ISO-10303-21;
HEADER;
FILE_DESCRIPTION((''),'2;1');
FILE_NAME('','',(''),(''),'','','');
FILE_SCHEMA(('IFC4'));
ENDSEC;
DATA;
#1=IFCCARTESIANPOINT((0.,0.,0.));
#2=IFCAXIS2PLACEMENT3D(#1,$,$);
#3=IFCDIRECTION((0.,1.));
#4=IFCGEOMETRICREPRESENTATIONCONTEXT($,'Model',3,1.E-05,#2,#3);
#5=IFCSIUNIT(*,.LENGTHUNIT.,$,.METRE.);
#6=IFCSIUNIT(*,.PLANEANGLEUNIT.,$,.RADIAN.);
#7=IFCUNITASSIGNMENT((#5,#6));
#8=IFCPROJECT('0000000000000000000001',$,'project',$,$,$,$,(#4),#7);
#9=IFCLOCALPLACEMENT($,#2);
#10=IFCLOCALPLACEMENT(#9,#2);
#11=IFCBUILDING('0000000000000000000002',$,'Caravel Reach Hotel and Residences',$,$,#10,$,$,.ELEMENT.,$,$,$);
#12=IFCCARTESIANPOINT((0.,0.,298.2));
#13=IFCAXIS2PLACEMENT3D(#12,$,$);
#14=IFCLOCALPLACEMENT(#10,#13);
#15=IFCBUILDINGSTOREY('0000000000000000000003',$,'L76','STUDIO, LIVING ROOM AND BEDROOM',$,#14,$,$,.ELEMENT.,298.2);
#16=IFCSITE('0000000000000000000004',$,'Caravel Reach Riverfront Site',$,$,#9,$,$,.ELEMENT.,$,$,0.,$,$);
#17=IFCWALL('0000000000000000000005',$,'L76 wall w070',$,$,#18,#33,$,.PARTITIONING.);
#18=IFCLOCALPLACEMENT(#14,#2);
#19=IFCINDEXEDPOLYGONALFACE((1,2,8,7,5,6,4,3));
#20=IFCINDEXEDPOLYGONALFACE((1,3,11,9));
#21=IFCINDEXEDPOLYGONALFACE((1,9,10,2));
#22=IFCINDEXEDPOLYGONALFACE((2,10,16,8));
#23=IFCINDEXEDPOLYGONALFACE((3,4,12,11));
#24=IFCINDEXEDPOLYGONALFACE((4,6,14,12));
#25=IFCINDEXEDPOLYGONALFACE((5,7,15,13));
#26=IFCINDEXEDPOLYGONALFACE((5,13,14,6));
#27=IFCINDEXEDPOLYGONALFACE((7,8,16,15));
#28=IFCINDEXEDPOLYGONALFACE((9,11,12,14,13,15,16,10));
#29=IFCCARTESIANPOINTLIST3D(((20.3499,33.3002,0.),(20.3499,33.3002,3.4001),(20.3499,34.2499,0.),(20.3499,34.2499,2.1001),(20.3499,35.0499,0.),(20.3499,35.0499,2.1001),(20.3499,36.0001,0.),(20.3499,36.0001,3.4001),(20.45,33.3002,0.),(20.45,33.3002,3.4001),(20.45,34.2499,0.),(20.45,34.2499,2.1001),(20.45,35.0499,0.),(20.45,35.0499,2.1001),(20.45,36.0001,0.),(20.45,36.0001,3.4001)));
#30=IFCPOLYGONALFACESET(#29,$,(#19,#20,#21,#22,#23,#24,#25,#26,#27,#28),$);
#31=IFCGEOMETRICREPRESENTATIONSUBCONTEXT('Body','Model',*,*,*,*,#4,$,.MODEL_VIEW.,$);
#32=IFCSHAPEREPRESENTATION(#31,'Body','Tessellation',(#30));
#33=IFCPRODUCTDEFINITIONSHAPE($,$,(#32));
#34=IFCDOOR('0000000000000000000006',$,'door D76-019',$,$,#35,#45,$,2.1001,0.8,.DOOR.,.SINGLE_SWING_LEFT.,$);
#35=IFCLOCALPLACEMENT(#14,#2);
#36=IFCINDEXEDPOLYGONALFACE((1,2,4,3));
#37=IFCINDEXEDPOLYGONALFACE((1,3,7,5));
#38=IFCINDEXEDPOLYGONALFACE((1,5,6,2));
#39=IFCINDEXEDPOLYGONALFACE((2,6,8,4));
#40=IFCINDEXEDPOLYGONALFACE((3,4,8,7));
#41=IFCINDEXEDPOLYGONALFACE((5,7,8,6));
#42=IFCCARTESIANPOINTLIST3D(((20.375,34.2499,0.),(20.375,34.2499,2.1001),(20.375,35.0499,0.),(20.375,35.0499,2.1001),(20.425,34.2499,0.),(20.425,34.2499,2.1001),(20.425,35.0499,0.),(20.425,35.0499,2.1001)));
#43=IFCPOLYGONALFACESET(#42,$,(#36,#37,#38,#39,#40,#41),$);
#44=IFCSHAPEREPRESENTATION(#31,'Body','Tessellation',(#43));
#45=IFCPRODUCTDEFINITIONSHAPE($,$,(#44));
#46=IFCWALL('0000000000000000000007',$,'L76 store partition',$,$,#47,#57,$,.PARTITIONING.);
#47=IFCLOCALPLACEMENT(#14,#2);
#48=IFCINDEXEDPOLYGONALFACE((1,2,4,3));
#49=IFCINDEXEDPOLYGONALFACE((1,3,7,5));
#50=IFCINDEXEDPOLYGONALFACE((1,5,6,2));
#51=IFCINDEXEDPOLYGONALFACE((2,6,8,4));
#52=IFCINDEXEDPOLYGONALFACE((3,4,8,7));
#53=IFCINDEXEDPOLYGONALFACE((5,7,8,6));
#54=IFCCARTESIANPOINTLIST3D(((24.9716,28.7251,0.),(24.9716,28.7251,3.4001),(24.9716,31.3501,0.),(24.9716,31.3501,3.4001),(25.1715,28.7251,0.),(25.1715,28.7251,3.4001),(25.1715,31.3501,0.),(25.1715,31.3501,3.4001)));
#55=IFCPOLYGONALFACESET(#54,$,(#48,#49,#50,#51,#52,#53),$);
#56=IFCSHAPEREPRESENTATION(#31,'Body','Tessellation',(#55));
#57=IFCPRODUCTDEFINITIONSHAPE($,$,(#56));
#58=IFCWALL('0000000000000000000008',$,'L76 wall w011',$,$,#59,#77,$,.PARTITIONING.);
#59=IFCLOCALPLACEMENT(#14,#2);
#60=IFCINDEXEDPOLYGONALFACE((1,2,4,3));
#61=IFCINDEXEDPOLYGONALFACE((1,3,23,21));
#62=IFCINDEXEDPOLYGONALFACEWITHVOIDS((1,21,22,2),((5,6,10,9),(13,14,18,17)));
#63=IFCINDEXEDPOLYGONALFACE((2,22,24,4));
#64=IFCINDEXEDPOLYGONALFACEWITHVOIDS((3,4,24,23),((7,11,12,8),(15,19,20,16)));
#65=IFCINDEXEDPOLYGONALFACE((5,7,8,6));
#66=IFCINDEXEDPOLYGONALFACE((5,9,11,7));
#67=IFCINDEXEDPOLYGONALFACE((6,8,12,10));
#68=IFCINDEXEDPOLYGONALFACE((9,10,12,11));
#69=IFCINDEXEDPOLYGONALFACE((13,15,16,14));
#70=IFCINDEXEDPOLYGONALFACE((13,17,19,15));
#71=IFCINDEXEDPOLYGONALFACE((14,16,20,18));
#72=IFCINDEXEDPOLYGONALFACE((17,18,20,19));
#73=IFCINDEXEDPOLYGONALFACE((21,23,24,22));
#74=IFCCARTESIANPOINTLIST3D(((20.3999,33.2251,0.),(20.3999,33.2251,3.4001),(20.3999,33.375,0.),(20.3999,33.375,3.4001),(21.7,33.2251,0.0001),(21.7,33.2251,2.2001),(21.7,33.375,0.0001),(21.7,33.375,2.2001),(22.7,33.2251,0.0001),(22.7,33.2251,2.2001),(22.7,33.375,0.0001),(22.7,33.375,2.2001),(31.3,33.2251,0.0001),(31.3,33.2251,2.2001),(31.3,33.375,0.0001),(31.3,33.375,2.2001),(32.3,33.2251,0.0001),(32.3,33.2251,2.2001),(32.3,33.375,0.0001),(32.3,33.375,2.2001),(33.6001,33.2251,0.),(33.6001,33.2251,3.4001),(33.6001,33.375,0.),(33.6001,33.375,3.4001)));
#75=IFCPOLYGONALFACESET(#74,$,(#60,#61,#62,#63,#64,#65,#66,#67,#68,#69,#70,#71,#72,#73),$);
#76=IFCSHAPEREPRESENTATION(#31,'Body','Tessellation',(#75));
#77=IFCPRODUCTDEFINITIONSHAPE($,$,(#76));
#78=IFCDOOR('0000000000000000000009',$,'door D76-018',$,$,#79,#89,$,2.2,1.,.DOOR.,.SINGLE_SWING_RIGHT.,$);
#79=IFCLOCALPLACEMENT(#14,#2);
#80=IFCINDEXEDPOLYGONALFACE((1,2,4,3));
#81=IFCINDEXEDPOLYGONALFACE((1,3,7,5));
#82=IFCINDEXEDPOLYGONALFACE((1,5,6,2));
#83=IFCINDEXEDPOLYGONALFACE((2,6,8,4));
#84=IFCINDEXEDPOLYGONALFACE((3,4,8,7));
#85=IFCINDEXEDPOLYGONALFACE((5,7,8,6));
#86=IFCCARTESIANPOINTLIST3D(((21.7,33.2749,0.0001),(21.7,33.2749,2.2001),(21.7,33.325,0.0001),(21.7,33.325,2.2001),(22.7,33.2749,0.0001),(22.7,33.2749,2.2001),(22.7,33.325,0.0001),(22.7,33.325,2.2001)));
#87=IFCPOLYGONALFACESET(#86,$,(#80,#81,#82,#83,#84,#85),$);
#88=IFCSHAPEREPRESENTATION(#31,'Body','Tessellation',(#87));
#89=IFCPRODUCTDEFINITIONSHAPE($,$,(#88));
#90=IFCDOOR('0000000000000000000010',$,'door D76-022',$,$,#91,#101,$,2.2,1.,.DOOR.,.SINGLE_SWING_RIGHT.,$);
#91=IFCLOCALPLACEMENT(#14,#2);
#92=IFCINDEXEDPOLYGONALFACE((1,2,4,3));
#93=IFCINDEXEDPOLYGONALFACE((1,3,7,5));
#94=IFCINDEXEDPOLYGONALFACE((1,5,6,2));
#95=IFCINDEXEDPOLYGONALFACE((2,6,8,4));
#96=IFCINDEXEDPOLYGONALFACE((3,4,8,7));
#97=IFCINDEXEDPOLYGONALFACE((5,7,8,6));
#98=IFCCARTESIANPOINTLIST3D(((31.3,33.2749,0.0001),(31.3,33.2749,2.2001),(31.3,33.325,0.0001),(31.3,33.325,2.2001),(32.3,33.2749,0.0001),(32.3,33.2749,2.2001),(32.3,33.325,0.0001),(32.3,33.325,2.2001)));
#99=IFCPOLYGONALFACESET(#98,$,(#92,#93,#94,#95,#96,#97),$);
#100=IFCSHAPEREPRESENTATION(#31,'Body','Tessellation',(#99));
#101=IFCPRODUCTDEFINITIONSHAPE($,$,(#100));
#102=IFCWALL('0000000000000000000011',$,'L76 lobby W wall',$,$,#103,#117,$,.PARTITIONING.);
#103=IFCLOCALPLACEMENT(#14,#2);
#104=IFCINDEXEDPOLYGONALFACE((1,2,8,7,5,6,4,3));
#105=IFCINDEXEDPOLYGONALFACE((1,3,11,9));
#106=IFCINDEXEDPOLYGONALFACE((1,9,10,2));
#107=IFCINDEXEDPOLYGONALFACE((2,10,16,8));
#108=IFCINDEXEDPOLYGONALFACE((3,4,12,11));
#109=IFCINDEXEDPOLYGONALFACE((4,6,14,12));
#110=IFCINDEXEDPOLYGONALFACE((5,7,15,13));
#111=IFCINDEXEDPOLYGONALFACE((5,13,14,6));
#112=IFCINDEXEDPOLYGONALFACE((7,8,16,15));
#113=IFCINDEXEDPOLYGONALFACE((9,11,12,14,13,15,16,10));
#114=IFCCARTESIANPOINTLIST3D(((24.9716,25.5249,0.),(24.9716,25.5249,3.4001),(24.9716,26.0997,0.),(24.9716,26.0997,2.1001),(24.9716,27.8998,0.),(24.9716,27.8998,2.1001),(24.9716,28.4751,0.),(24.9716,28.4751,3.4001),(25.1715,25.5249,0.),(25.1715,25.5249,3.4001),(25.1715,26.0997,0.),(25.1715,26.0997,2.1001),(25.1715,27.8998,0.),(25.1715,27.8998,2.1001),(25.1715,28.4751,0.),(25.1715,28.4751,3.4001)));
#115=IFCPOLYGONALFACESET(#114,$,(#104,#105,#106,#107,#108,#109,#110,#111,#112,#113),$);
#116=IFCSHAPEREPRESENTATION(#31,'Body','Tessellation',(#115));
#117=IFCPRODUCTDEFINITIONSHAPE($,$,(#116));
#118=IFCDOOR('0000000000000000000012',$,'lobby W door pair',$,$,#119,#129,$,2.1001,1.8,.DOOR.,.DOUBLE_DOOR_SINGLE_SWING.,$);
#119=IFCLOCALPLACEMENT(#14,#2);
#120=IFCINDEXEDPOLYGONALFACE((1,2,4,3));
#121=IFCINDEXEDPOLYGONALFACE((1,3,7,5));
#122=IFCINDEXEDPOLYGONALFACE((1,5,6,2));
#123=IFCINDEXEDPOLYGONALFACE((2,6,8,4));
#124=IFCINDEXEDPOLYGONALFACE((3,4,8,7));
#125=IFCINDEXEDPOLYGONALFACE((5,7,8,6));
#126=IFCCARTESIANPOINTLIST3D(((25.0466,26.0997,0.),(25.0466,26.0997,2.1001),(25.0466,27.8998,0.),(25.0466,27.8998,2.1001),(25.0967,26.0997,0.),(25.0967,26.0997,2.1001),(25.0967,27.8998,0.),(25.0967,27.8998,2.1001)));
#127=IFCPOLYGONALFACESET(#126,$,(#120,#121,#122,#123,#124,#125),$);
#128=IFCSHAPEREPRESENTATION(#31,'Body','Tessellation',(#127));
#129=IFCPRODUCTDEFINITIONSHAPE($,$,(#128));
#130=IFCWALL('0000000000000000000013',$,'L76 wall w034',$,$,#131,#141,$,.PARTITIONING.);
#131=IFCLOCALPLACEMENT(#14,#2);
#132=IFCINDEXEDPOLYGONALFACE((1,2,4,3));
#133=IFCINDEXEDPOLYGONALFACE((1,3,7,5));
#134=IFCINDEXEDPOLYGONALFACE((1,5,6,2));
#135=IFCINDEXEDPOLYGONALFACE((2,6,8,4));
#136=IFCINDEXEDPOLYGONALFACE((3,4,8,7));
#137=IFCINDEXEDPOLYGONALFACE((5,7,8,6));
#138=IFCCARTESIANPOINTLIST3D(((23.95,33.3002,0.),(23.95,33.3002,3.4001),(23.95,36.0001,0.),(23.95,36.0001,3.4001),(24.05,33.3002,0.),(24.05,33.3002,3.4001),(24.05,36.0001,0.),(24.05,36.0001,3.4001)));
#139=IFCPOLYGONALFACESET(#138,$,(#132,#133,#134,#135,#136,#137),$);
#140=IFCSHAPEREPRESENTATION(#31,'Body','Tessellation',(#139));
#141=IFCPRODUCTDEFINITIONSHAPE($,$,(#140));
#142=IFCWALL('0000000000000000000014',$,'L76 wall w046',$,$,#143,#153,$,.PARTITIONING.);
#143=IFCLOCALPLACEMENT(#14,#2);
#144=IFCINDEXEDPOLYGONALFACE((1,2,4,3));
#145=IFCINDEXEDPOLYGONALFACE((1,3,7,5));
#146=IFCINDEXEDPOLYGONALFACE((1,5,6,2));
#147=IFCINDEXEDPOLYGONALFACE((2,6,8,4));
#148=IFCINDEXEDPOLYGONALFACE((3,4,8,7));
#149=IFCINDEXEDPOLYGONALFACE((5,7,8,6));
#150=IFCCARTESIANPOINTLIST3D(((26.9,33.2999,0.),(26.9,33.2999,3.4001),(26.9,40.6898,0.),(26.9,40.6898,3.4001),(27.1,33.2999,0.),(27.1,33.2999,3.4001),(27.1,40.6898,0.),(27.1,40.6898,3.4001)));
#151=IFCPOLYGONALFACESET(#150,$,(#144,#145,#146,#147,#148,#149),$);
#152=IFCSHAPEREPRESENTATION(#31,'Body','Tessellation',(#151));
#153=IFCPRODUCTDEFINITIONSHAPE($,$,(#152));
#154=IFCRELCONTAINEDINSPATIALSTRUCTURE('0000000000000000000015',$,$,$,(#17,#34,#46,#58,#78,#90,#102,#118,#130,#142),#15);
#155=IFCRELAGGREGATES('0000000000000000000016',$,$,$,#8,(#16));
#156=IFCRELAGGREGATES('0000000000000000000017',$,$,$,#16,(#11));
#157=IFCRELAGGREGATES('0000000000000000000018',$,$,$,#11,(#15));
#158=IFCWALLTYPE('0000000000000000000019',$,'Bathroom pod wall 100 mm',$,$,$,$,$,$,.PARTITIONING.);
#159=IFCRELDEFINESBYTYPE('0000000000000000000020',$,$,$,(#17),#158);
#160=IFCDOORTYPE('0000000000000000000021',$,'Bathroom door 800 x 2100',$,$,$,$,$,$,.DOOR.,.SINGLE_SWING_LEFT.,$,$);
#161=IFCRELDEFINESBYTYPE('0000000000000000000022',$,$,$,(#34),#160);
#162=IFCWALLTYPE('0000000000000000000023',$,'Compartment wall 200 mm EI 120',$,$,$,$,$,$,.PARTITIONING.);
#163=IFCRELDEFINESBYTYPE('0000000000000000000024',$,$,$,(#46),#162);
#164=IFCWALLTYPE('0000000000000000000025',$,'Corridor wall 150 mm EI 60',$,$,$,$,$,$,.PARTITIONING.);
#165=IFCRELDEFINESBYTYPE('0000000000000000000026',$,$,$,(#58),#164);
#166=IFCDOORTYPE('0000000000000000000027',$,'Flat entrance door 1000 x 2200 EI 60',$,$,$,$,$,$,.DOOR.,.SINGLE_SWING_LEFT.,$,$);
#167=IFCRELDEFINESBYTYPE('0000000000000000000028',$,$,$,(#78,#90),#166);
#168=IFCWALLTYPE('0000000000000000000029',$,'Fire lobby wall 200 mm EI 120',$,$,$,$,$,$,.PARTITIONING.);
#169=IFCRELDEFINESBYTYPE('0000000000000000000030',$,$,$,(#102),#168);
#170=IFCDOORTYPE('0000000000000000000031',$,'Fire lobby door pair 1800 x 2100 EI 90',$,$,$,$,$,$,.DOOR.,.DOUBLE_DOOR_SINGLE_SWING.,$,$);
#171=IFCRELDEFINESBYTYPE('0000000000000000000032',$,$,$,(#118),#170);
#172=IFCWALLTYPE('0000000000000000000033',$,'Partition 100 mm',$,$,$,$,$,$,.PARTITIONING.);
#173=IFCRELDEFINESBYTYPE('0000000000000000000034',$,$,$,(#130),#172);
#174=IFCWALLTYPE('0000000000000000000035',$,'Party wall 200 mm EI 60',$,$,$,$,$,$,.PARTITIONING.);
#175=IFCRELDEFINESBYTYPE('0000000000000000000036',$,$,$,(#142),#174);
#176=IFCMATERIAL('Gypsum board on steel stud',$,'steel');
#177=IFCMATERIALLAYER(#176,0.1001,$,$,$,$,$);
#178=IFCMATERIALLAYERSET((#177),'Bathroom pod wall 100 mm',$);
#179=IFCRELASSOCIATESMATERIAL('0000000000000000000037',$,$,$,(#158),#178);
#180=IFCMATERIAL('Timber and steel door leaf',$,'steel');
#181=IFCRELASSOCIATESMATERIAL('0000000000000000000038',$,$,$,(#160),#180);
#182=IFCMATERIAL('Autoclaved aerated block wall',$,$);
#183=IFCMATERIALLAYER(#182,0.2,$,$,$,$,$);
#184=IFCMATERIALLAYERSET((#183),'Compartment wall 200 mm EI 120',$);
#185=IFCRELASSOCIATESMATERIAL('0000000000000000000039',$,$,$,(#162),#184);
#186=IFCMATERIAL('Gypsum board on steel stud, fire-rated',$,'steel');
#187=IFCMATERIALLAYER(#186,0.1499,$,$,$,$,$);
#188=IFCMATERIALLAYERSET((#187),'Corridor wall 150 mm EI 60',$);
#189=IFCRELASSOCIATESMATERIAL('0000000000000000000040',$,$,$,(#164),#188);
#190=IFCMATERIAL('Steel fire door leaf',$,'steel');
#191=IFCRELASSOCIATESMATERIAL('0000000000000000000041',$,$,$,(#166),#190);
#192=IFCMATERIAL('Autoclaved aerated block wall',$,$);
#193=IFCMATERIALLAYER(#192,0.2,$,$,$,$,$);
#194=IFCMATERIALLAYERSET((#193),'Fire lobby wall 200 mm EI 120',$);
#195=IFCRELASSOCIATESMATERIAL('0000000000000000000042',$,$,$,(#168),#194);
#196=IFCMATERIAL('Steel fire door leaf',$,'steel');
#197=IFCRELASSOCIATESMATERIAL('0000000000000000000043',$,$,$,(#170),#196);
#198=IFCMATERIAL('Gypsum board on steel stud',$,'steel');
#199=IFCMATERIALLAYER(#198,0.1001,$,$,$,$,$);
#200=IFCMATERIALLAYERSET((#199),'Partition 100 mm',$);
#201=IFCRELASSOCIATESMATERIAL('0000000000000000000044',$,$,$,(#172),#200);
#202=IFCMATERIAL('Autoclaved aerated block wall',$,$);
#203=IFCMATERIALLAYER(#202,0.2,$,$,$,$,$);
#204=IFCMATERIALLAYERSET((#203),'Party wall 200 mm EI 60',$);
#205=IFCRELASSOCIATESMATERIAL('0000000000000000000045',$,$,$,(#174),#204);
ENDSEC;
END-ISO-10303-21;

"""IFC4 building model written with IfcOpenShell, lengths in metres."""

from ifc_helpers import new_model, si_unit, direction, frame, frame_2d, origin, place, context, subcontext, project, spatial, rectangle, extrude, material, layer, layer_set, type_object, element, fill, save


model = new_model("IFC4")

# Units and contexts
model_context = context("Model", 3, precision=1e-05, world=origin(), true_north=direction((0.0, 1.0)))
body_context = subcontext(model_context, "Body", "Model", "MODEL_VIEW")
ifc_project = project(units=[si_unit("LENGTHUNIT", "METRE"), si_unit("PLANEANGLEUNIT", "RADIAN")], contexts=[model_context])

# Site, building, storey
site_placement = place(None, origin())
site = spatial("IfcSite", under=ifc_project, at=site_placement, Name="Caravel Reach Riverfront Site", CompositionType="ELEMENT", RefElevation=0.0)
building_placement = place(site_placement, origin())
building = spatial("IfcBuilding", under=site, at=building_placement, Name="Caravel Reach Hotel and Residences", CompositionType="ELEMENT")
storey_placement = place(building_placement, frame((0.0, 0.0, 298.2)))
storey = spatial("IfcBuildingStorey", under=building, at=storey_placement, Name="L76", Description="STUDIO, LIVING ROOM AND BEDROOM", CompositionType="ELEMENT", Elevation=298.2)

# Wall, opening, door
ifc_material_1 = material(Name="Gypsum board on steel stud", Category="steel")
ifc_layer_1 = layer(ifc_material_1, 0.1001)
ifc_layer_set_1 = layer_set([ifc_layer_1], Name="Bathroom pod wall 100 mm")
wall_type_1 = type_object("IfcWallType", Name="Bathroom pod wall 100 mm", PredefinedType="PARTITIONING", material=ifc_layer_set_1)
wall_1_placement = place(storey_placement, frame((20.3999, 33.3, 0.0), z_axis=(0.0, 0.0, 1.0), x_axis=(0.0, 1.0, 0.0)))
wall_1 = element("IfcWall", 1, at=wall_1_placement, inside=storey, type_object=wall_type_1, Name="L76 wall w070", PredefinedType="PARTITIONING", context=body_context, shape_type="SweptSolid", body=[
    extrude(rectangle(XDim=2.7, YDim=0.1001, at=frame_2d((1.3501, 0.0))), origin(), (0.0, 0.0, 1.0), 3.4001),
])
opening_1_placement = place(wall_1_placement, frame((0.95, 0.0, 0.0)))
opening_1 = element("IfcOpeningElement", 2, at=opening_1_placement, cuts=wall_1, PredefinedType="OPENING", context=body_context, shape_type="SweptSolid", body=[
    extrude(rectangle(XDim=0.8, YDim=2.1001, at=frame_2d((0.3999, 1.05))), frame((0.0, 0.0601, 0.0), z_axis=(0.0, -1.0, 0.0), x_axis=(1.0, 0.0, 0.0)), (0.0, 0.0, 1.0), 0.1201),
])
ifc_material_2 = material(Name="Timber and steel door leaf", Category="steel")
door_type_1 = type_object("IfcDoorType", Name="Bathroom door 800 x 2100", OperationType="SINGLE_SWING_LEFT", PredefinedType="DOOR", material=ifc_material_2)
door_1_placement = place(opening_1_placement, origin())
door_1 = element("IfcDoor", 3, at=door_1_placement, inside=storey, type_object=door_type_1, Name="door D76-019", OperationType="SINGLE_SWING_LEFT", OverallHeight=2.1001, OverallWidth=0.8, PredefinedType="DOOR", context=body_context, shape_type="SweptSolid", body=[
    extrude(rectangle(XDim=0.8, YDim=2.1001, at=frame_2d((0.3999, 1.05))), frame((0.0, 0.0249, 0.0), z_axis=(0.0, -1.0, 0.0), x_axis=(1.0, 0.0, 0.0)), (0.0, 0.0, 1.0), 0.05),
])
fill(opening_1, door_1)

# Wall
ifc_material_3 = material(Name="Autoclaved aerated block wall")
ifc_layer_2 = layer(ifc_material_3, 0.2)
ifc_layer_set_2 = layer_set([ifc_layer_2], Name="Compartment wall 200 mm EI 120")
wall_type_2 = type_object("IfcWallType", Name="Compartment wall 200 mm EI 120", PredefinedType="PARTITIONING", material=ifc_layer_set_2)
wall_2_placement = place(storey_placement, frame((25.0715, 28.7251, 0.0), z_axis=(0.0, 0.0, 1.0), x_axis=(0.0, 1.0, 0.0)))
element("IfcWall", 4, at=wall_2_placement, inside=storey, type_object=wall_type_2, Name="L76 store partition", PredefinedType="PARTITIONING", context=body_context, shape_type="SweptSolid", body=[
    extrude(rectangle(XDim=2.625, YDim=0.2, at=frame_2d((1.3125, 0.0))), origin(), (0.0, 0.0, 1.0), 3.4001),
])

# Wall, openings, doors
ifc_material_4 = material(Name="Gypsum board on steel stud, fire-rated", Category="steel")
ifc_layer_3 = layer(ifc_material_4, 0.1499)
ifc_layer_set_3 = layer_set([ifc_layer_3], Name="Corridor wall 150 mm EI 60")
wall_type_3 = type_object("IfcWallType", Name="Corridor wall 150 mm EI 60", PredefinedType="PARTITIONING", material=ifc_layer_set_3)
wall_3_placement = place(storey_placement, frame((20.3999, 33.3, 0.0), z_axis=(0.0, 0.0, 1.0), x_axis=(1.0, 0.0, 0.0)))
wall_3 = element("IfcWall", 5, at=wall_3_placement, inside=storey, type_object=wall_type_3, Name="L76 wall w011", PredefinedType="PARTITIONING", context=body_context, shape_type="SweptSolid", body=[
    extrude(rectangle(XDim=13.2002, YDim=0.1499, at=frame_2d((6.6001, 0.0))), origin(), (0.0, 0.0, 1.0), 3.4001),
])
opening_2_placement = place(wall_3_placement, frame((1.3, 0.0, 0.0)))
opening_2 = element("IfcOpeningElement", 6, at=opening_2_placement, cuts=wall_3, PredefinedType="OPENING", context=body_context, shape_type="SweptSolid", body=[
    extrude(rectangle(XDim=1.0, YDim=2.2, at=frame_2d((0.5, 1.1001))), frame((0.0, 0.085, 0.0), z_axis=(0.0, -1.0, 0.0), x_axis=(1.0, 0.0, 0.0)), (0.0, 0.0, 1.0), 0.1699),
])
opening_3_placement = place(wall_3_placement, frame((10.9001, 0.0, 0.0)))
opening_3 = element("IfcOpeningElement", 7, at=opening_3_placement, cuts=wall_3, PredefinedType="OPENING", context=body_context, shape_type="SweptSolid", body=[
    extrude(rectangle(XDim=1.0, YDim=2.2, at=frame_2d((0.5, 1.1001))), frame((0.0, 0.085, 0.0), z_axis=(0.0, -1.0, 0.0), x_axis=(1.0, 0.0, 0.0)), (0.0, 0.0, 1.0), 0.1699),
])
ifc_material_5 = material(Name="Steel fire door leaf", Category="steel")
door_type_2 = type_object("IfcDoorType", Name="Flat entrance door 1000 x 2200 EI 60", OperationType="SINGLE_SWING_LEFT", PredefinedType="DOOR", material=ifc_material_5)
door_2_placement = place(opening_2_placement, origin())
door_2 = element("IfcDoor", 8, at=door_2_placement, inside=storey, type_object=door_type_2, Name="door D76-018", OperationType="SINGLE_SWING_RIGHT", OverallHeight=2.2, OverallWidth=1.0, PredefinedType="DOOR", context=body_context, shape_type="SweptSolid", body=[
    extrude(rectangle(XDim=1.0, YDim=2.2, at=frame_2d((0.5, 1.1001))), frame((0.0, 0.0249, 0.0), z_axis=(0.0, -1.0, 0.0), x_axis=(1.0, 0.0, 0.0)), (0.0, 0.0, 1.0), 0.05),
])
fill(opening_2, door_2)
door_3_placement = place(opening_3_placement, origin())
door_3 = element("IfcDoor", 9, at=door_3_placement, inside=storey, type_object=door_type_2, Name="door D76-022", OperationType="SINGLE_SWING_RIGHT", OverallHeight=2.2, OverallWidth=1.0, PredefinedType="DOOR", context=body_context, shape_type="SweptSolid", body=[
    extrude(rectangle(XDim=1.0, YDim=2.2, at=frame_2d((0.5, 1.1001))), frame((0.0, 0.0249, 0.0), z_axis=(0.0, -1.0, 0.0), x_axis=(1.0, 0.0, 0.0)), (0.0, 0.0, 1.0), 0.05),
])
fill(opening_3, door_3)

# Wall, opening, door
ifc_material_6 = material(Name="Autoclaved aerated block wall")
ifc_layer_4 = layer(ifc_material_6, 0.2)
ifc_layer_set_4 = layer_set([ifc_layer_4], Name="Fire lobby wall 200 mm EI 120")
wall_type_4 = type_object("IfcWallType", Name="Fire lobby wall 200 mm EI 120", PredefinedType="PARTITIONING", material=ifc_layer_set_4)
wall_4_placement = place(storey_placement, frame((25.0715, 25.5249, 0.0), z_axis=(0.0, 0.0, 1.0), x_axis=(0.0, 1.0, 0.0)))
wall_4 = element("IfcWall", 10, at=wall_4_placement, inside=storey, type_object=wall_type_4, Name="L76 lobby W wall", PredefinedType="PARTITIONING", context=body_context, shape_type="SweptSolid", body=[
    extrude(rectangle(XDim=2.9502, YDim=0.2, at=frame_2d((1.4751, 0.0))), origin(), (0.0, 0.0, 1.0), 3.4001),
])
opening_4_placement = place(wall_4_placement, frame((0.575, 0.0, 0.0)))
opening_4 = element("IfcOpeningElement", 11, at=opening_4_placement, cuts=wall_4, PredefinedType="OPENING", context=body_context, shape_type="SweptSolid", body=[
    extrude(rectangle(XDim=1.8, YDim=2.1001, at=frame_2d((0.8999, 1.05))), frame((0.0, 0.1099, 0.0), z_axis=(0.0, -1.0, 0.0), x_axis=(1.0, 0.0, 0.0)), (0.0, 0.0, 1.0), 0.22),
])
ifc_material_7 = material(Name="Steel fire door leaf", Category="steel")
door_type_3 = type_object("IfcDoorType", Name="Fire lobby door pair 1800 x 2100 EI 90", OperationType="DOUBLE_DOOR_SINGLE_SWING", PredefinedType="DOOR", material=ifc_material_7)
door_4_placement = place(opening_4_placement, origin())
door_4 = element("IfcDoor", 12, at=door_4_placement, inside=storey, type_object=door_type_3, Name="lobby W door pair", OperationType="DOUBLE_DOOR_SINGLE_SWING", OverallHeight=2.1001, OverallWidth=1.8, PredefinedType="DOOR", context=body_context, shape_type="SweptSolid", body=[
    extrude(rectangle(XDim=1.8, YDim=2.1001, at=frame_2d((0.8999, 1.05))), frame((0.0, 0.0249, 0.0), z_axis=(0.0, -1.0, 0.0), x_axis=(1.0, 0.0, 0.0)), (0.0, 0.0, 1.0), 0.05),
])
fill(opening_4, door_4)

# Walls
ifc_material_8 = material(Name="Gypsum board on steel stud", Category="steel")
ifc_layer_5 = layer(ifc_material_8, 0.1001)
ifc_layer_set_5 = layer_set([ifc_layer_5], Name="Partition 100 mm")
wall_type_5 = type_object("IfcWallType", Name="Partition 100 mm", PredefinedType="PARTITIONING", material=ifc_layer_set_5)
wall_5_placement = place(storey_placement, frame((24.0, 33.3, 0.0), z_axis=(0.0, 0.0, 1.0), x_axis=(0.0, 1.0, 0.0)))
element("IfcWall", 13, at=wall_5_placement, inside=storey, type_object=wall_type_5, Name="L76 wall w034", PredefinedType="PARTITIONING", context=body_context, shape_type="SweptSolid", body=[
    extrude(rectangle(XDim=2.7, YDim=0.1001, at=frame_2d((1.3501, 0.0))), origin(), (0.0, 0.0, 1.0), 3.4001),
])
ifc_material_9 = material(Name="Autoclaved aerated block wall")
ifc_layer_6 = layer(ifc_material_9, 0.2)
ifc_layer_set_6 = layer_set([ifc_layer_6], Name="Party wall 200 mm EI 60")
wall_type_6 = type_object("IfcWallType", Name="Party wall 200 mm EI 60", PredefinedType="PARTITIONING", material=ifc_layer_set_6)
wall_6_placement = place(storey_placement, frame((27.0, 33.3, 0.0), z_axis=(0.0, 0.0, 1.0), x_axis=(0.0, 1.0, 0.0)))
element("IfcWall", 14, at=wall_6_placement, inside=storey, type_object=wall_type_6, Name="L76 wall w046", PredefinedType="PARTITIONING", context=body_context, shape_type="SweptSolid", body=[
    extrude(rectangle(XDim=7.3899, YDim=0.2, at=frame_2d((3.6948, 0.0))), origin(), (0.0, 0.0, 1.0), 3.4001),
])

save(model, "model.ifc")
